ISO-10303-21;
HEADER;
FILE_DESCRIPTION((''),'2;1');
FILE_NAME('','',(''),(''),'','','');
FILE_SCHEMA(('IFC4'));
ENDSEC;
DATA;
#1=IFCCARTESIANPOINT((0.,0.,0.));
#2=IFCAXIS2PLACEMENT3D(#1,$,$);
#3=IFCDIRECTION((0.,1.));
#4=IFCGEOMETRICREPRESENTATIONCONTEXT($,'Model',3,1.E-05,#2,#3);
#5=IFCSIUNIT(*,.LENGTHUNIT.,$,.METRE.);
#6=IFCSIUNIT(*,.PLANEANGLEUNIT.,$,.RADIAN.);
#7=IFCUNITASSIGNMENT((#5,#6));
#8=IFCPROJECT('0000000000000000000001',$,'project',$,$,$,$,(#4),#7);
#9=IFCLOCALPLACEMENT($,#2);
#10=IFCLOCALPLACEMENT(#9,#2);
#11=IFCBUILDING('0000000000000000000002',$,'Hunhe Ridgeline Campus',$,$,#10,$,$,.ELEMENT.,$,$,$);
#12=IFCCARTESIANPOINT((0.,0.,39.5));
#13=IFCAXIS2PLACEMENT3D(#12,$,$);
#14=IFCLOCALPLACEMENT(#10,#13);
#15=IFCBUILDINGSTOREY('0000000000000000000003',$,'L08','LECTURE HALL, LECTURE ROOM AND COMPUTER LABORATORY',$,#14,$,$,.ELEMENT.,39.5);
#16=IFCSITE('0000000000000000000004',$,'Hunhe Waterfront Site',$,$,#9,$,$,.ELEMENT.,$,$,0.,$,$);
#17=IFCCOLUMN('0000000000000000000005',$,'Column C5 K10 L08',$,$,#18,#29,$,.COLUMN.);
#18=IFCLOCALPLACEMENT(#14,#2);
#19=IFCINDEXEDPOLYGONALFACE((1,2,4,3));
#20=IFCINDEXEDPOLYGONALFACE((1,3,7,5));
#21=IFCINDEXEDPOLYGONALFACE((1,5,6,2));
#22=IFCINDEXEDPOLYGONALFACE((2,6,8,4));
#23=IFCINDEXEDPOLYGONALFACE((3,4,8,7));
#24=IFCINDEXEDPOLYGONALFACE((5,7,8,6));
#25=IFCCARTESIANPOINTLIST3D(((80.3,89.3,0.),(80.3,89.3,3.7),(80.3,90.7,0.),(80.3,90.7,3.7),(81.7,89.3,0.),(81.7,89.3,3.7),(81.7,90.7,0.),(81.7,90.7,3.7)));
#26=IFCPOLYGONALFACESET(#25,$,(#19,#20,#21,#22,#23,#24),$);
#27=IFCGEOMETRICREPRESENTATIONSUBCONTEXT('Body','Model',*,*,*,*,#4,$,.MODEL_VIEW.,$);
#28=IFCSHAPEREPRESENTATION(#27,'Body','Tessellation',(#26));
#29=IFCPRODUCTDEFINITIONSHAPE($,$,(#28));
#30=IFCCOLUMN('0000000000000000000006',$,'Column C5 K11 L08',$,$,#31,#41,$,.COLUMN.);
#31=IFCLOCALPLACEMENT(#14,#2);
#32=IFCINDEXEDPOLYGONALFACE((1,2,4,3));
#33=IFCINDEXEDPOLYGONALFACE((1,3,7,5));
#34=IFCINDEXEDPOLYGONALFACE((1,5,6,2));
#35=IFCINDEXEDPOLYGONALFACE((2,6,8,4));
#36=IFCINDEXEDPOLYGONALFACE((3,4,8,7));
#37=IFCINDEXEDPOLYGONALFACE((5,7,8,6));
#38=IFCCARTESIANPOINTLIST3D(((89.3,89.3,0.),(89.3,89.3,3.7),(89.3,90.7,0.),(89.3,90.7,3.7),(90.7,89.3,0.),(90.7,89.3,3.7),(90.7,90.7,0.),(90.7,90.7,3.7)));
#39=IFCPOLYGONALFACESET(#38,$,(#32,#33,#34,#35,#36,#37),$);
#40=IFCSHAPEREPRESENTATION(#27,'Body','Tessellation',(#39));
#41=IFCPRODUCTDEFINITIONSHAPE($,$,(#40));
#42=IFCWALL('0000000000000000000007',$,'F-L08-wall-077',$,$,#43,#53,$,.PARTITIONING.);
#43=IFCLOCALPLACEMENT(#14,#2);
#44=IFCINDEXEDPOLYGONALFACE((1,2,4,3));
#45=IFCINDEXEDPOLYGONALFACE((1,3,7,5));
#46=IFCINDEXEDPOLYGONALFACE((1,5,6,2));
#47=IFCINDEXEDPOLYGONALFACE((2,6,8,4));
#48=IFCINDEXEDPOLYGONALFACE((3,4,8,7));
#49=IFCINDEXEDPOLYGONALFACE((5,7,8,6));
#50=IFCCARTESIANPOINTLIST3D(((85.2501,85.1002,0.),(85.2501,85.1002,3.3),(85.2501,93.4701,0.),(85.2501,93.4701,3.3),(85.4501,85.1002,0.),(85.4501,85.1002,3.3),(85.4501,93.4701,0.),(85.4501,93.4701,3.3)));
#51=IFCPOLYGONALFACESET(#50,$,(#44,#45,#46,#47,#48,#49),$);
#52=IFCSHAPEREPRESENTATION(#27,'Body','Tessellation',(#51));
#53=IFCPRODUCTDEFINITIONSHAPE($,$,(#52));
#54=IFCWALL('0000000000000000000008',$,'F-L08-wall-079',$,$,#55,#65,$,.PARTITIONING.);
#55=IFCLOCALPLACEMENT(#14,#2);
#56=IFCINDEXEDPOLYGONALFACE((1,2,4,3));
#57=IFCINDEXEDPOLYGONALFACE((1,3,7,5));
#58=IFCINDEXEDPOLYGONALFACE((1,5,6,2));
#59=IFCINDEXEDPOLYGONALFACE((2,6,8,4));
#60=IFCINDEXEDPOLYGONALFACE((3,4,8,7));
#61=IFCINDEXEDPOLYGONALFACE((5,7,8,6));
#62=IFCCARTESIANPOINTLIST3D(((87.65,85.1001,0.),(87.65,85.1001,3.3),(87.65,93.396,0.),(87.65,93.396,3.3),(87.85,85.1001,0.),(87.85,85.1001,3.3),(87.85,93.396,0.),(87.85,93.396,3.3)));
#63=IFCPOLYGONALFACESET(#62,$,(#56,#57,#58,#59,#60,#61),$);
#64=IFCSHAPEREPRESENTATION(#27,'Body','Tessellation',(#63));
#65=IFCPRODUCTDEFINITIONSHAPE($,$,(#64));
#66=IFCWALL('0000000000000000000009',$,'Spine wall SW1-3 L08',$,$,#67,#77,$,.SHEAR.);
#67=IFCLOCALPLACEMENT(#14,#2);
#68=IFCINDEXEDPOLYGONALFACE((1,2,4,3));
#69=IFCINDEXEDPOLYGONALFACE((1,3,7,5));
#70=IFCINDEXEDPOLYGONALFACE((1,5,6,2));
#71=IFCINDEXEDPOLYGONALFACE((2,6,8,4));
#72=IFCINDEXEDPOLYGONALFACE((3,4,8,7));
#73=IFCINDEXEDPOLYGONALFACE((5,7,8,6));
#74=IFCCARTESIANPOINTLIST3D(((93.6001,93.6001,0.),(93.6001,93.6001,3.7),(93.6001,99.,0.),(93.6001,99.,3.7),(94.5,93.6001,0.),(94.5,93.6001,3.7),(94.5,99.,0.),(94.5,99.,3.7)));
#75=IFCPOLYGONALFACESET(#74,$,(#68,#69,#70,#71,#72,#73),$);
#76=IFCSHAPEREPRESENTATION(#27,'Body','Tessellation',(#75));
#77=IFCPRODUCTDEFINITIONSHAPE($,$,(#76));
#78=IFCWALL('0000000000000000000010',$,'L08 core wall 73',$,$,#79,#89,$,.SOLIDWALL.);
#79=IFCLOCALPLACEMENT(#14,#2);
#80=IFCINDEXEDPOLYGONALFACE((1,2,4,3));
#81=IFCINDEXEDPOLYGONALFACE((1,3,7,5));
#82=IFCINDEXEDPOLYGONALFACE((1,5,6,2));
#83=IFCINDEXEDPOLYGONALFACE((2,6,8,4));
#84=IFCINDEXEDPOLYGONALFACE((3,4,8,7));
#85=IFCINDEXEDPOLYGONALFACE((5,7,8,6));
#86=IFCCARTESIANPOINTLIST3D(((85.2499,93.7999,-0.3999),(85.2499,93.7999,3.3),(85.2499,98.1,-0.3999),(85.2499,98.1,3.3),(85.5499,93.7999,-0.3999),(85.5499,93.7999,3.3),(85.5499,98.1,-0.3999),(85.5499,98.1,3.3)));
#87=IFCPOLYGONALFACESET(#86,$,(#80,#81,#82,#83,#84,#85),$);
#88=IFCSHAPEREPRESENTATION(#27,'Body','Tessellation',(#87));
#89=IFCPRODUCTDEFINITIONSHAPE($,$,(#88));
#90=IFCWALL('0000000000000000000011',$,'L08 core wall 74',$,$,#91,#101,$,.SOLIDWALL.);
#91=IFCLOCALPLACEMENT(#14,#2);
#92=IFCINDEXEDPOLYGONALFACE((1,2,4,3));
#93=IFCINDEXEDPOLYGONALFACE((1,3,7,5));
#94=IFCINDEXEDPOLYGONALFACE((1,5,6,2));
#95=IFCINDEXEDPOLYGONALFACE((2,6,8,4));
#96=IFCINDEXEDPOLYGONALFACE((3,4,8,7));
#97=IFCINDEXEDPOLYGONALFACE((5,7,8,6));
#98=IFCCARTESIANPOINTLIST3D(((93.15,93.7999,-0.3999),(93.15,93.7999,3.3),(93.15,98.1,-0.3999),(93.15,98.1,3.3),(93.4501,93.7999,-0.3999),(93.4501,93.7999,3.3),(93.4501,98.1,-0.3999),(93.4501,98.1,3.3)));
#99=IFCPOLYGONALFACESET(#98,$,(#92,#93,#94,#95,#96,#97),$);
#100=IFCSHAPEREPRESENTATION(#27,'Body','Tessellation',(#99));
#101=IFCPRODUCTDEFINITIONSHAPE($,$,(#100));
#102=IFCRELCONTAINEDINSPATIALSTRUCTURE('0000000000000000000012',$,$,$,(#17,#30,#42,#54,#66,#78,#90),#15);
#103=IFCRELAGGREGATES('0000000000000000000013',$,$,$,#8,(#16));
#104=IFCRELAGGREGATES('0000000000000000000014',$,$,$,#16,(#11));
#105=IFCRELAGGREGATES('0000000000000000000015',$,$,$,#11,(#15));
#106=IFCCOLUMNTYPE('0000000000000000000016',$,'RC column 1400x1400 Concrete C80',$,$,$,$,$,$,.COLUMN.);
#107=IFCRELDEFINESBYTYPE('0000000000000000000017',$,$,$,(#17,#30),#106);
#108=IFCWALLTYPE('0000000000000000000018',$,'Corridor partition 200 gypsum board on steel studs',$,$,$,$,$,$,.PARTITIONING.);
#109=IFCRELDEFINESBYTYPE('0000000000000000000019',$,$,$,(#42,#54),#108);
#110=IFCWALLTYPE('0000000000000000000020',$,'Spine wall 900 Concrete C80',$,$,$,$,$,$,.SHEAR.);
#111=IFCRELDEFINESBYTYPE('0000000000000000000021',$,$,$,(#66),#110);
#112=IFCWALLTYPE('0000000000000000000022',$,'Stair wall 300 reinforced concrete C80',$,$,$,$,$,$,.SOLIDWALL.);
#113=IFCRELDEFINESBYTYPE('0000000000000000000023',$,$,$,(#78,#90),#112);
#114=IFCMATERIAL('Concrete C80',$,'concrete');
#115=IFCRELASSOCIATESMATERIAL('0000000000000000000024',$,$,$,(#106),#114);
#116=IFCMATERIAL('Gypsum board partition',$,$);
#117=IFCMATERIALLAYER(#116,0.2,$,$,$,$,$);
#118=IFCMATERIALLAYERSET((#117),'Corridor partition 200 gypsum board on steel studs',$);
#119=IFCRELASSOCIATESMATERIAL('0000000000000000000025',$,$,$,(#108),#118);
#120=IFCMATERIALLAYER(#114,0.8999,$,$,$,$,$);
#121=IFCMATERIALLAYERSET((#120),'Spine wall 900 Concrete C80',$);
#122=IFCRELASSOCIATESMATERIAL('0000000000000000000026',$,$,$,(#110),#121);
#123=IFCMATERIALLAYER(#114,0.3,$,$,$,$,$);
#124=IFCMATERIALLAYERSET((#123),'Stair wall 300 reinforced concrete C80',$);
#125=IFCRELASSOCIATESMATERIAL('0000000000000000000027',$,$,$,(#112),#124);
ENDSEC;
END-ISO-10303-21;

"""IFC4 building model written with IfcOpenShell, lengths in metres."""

from ifc_helpers import new_model, si_unit, direction, frame, frame_2d, origin, origin_2d, place, context, subcontext, project, spatial, rectangle, extrude, material, layer, layer_set, material_profile, profile_set, type_object, element, save


model = new_model("IFC4")

# Units and contexts
model_context = context("Model", 3, precision=1e-05, world=origin(), true_north=direction((0.0, 1.0)))
body_context = subcontext(model_context, "Body", "Model", "MODEL_VIEW")
ifc_project = project(units=[si_unit("LENGTHUNIT", "METRE"), si_unit("PLANEANGLEUNIT", "RADIAN")], contexts=[model_context])

# Site, building, storey
site_placement = place(None, origin())
site = spatial("IfcSite", under=ifc_project, at=site_placement, Name="Hunhe Waterfront Site", CompositionType="ELEMENT", RefElevation=0.0)
building_placement = place(site_placement, origin())
building = spatial("IfcBuilding", under=site, at=building_placement, Name="Hunhe Ridgeline Campus", CompositionType="ELEMENT")
storey_placement = place(building_placement, frame((0.0, 0.0, 39.5)))
storey = spatial("IfcBuildingStorey", under=building, at=storey_placement, Name="L08", Description="LECTURE HALL, LECTURE ROOM AND COMPUTER LABORATORY", CompositionType="ELEMENT", Elevation=39.5)

# Columns
ifc_material_1 = material(Name="Concrete C80", Category="concrete")
ifc_material_profile = material_profile(ifc_material_1, rectangle(XDim=1.3999, YDim=1.3999, at=origin_2d()))
ifc_profile_set = profile_set([ifc_material_profile], Name="Concrete C80")
column_type = type_object("IfcColumnType", Name="RC column 1400x1400 Concrete C80", PredefinedType="COLUMN", material=ifc_profile_set)
for number, where, z_axis, x_axis, name in (
    (1, (81.0, 90.0, 0.0), (0.0, 0.0, 1.0), (1.0, 0.0, 0.0), "Column C5 K10 L08"),
    (2, (90.0, 90.0, 0.0), (0.0, 0.0, 1.0), (1.0, 0.0, 0.0), "Column C5 K11 L08"),
):
    element("IfcColumn", number, at=place(storey_placement, frame(where, z_axis=z_axis, x_axis=x_axis)), inside=storey, type_object=column_type, Name=name, PredefinedType="COLUMN", context=body_context, shape_type="SweptSolid", body=[
        extrude(rectangle(XDim=1.3999, YDim=1.3999, at=origin_2d()), origin(), (0.0, 0.0, 1.0), 3.7),
    ])

# Shared definitions
ifc_material_2 = material(Name="Gypsum board partition")
ifc_layer_1 = layer(ifc_material_2, 0.2)
ifc_layer_set_1 = layer_set([ifc_layer_1], Name="Corridor partition 200 gypsum board on steel studs")
wall_type_1 = type_object("IfcWallType", Name="Corridor partition 200 gypsum board on steel studs", PredefinedType="PARTITIONING", material=ifc_layer_set_1)

# Wall
wall_1_placement = place(storey_placement, frame((85.3501, 85.1001, 0.0), z_axis=(0.0, 0.0, 1.0), x_axis=(0.0, 1.0, 0.0)))
element("IfcWall", 3, at=wall_1_placement, inside=storey, type_object=wall_type_1, Name="F-L08-wall-077", PredefinedType="PARTITIONING", context=body_context, shape_type="SweptSolid", body=[
    extrude(rectangle(XDim=8.3699, YDim=0.2, at=frame_2d((4.1851, 0.0))), origin(), (0.0, 0.0, 1.0), 3.3),
])

# Walls
wall_2_placement = place(storey_placement, frame((87.75, 93.396, 0.0), z_axis=(0.0, 0.0, 1.0), x_axis=(0.0, -1.0, 0.0)))
element("IfcWall", 4, at=wall_2_placement, inside=storey, type_object=wall_type_1, Name="F-L08-wall-079", PredefinedType="PARTITIONING", context=body_context, shape_type="SweptSolid", body=[
    extrude(rectangle(XDim=8.2959, YDim=0.2, at=frame_2d((4.1479, 0.0))), origin(), (0.0, 0.0, 1.0), 3.3),
])
ifc_layer_2 = layer(ifc_material_1, 0.8999)
ifc_layer_set_2 = layer_set([ifc_layer_2], Name="Spine wall 900 Concrete C80")
wall_type_2 = type_object("IfcWallType", Name="Spine wall 900 Concrete C80", PredefinedType="SHEAR", material=ifc_layer_set_2)
wall_3_placement = place(storey_placement, frame((94.05, 93.6001, 0.0), z_axis=(0.0, 0.0, 1.0), x_axis=(0.0, 1.0, 0.0)))
element("IfcWall", 5, at=wall_3_placement, inside=storey, type_object=wall_type_2, Name="Spine wall SW1-3 L08", PredefinedType="SHEAR", context=body_context, shape_type="SweptSolid", body=[
    extrude(rectangle(XDim=5.3999, YDim=0.8999, at=frame_2d((2.7, 0.0))), origin(), (0.0, 0.0, 1.0), 3.7),
])

# Shared definitions
ifc_layer_3 = layer(ifc_material_1, 0.3)
ifc_layer_set_3 = layer_set([ifc_layer_3], Name="Stair wall 300 reinforced concrete C80")
wall_type_3 = type_object("IfcWallType", Name="Stair wall 300 reinforced concrete C80", PredefinedType="SOLIDWALL", material=ifc_layer_set_3)

# Walls
for number, where, z_axis, x_axis, name in (
    (6, (85.3999, 93.8, -0.3999), (0.0, 0.0, 1.0), (0.0, 1.0, 0.0), "L08 core wall 73"),
    (7, (93.3, 93.8, -0.3999), (0.0, 0.0, 1.0), (0.0, 1.0, 0.0), "L08 core wall 74"),
):
    element("IfcWall", number, at=place(storey_placement, frame(where, z_axis=z_axis, x_axis=x_axis)), inside=storey, type_object=wall_type_3, Name=name, PredefinedType="SOLIDWALL", context=body_context, shape_type="SweptSolid", body=[
        extrude(rectangle(XDim=4.3, YDim=0.3, at=frame_2d((2.1499, 0.0))), origin(), (0.0, 0.0, 1.0), 3.7),
    ])

save(model, "model.ifc")
